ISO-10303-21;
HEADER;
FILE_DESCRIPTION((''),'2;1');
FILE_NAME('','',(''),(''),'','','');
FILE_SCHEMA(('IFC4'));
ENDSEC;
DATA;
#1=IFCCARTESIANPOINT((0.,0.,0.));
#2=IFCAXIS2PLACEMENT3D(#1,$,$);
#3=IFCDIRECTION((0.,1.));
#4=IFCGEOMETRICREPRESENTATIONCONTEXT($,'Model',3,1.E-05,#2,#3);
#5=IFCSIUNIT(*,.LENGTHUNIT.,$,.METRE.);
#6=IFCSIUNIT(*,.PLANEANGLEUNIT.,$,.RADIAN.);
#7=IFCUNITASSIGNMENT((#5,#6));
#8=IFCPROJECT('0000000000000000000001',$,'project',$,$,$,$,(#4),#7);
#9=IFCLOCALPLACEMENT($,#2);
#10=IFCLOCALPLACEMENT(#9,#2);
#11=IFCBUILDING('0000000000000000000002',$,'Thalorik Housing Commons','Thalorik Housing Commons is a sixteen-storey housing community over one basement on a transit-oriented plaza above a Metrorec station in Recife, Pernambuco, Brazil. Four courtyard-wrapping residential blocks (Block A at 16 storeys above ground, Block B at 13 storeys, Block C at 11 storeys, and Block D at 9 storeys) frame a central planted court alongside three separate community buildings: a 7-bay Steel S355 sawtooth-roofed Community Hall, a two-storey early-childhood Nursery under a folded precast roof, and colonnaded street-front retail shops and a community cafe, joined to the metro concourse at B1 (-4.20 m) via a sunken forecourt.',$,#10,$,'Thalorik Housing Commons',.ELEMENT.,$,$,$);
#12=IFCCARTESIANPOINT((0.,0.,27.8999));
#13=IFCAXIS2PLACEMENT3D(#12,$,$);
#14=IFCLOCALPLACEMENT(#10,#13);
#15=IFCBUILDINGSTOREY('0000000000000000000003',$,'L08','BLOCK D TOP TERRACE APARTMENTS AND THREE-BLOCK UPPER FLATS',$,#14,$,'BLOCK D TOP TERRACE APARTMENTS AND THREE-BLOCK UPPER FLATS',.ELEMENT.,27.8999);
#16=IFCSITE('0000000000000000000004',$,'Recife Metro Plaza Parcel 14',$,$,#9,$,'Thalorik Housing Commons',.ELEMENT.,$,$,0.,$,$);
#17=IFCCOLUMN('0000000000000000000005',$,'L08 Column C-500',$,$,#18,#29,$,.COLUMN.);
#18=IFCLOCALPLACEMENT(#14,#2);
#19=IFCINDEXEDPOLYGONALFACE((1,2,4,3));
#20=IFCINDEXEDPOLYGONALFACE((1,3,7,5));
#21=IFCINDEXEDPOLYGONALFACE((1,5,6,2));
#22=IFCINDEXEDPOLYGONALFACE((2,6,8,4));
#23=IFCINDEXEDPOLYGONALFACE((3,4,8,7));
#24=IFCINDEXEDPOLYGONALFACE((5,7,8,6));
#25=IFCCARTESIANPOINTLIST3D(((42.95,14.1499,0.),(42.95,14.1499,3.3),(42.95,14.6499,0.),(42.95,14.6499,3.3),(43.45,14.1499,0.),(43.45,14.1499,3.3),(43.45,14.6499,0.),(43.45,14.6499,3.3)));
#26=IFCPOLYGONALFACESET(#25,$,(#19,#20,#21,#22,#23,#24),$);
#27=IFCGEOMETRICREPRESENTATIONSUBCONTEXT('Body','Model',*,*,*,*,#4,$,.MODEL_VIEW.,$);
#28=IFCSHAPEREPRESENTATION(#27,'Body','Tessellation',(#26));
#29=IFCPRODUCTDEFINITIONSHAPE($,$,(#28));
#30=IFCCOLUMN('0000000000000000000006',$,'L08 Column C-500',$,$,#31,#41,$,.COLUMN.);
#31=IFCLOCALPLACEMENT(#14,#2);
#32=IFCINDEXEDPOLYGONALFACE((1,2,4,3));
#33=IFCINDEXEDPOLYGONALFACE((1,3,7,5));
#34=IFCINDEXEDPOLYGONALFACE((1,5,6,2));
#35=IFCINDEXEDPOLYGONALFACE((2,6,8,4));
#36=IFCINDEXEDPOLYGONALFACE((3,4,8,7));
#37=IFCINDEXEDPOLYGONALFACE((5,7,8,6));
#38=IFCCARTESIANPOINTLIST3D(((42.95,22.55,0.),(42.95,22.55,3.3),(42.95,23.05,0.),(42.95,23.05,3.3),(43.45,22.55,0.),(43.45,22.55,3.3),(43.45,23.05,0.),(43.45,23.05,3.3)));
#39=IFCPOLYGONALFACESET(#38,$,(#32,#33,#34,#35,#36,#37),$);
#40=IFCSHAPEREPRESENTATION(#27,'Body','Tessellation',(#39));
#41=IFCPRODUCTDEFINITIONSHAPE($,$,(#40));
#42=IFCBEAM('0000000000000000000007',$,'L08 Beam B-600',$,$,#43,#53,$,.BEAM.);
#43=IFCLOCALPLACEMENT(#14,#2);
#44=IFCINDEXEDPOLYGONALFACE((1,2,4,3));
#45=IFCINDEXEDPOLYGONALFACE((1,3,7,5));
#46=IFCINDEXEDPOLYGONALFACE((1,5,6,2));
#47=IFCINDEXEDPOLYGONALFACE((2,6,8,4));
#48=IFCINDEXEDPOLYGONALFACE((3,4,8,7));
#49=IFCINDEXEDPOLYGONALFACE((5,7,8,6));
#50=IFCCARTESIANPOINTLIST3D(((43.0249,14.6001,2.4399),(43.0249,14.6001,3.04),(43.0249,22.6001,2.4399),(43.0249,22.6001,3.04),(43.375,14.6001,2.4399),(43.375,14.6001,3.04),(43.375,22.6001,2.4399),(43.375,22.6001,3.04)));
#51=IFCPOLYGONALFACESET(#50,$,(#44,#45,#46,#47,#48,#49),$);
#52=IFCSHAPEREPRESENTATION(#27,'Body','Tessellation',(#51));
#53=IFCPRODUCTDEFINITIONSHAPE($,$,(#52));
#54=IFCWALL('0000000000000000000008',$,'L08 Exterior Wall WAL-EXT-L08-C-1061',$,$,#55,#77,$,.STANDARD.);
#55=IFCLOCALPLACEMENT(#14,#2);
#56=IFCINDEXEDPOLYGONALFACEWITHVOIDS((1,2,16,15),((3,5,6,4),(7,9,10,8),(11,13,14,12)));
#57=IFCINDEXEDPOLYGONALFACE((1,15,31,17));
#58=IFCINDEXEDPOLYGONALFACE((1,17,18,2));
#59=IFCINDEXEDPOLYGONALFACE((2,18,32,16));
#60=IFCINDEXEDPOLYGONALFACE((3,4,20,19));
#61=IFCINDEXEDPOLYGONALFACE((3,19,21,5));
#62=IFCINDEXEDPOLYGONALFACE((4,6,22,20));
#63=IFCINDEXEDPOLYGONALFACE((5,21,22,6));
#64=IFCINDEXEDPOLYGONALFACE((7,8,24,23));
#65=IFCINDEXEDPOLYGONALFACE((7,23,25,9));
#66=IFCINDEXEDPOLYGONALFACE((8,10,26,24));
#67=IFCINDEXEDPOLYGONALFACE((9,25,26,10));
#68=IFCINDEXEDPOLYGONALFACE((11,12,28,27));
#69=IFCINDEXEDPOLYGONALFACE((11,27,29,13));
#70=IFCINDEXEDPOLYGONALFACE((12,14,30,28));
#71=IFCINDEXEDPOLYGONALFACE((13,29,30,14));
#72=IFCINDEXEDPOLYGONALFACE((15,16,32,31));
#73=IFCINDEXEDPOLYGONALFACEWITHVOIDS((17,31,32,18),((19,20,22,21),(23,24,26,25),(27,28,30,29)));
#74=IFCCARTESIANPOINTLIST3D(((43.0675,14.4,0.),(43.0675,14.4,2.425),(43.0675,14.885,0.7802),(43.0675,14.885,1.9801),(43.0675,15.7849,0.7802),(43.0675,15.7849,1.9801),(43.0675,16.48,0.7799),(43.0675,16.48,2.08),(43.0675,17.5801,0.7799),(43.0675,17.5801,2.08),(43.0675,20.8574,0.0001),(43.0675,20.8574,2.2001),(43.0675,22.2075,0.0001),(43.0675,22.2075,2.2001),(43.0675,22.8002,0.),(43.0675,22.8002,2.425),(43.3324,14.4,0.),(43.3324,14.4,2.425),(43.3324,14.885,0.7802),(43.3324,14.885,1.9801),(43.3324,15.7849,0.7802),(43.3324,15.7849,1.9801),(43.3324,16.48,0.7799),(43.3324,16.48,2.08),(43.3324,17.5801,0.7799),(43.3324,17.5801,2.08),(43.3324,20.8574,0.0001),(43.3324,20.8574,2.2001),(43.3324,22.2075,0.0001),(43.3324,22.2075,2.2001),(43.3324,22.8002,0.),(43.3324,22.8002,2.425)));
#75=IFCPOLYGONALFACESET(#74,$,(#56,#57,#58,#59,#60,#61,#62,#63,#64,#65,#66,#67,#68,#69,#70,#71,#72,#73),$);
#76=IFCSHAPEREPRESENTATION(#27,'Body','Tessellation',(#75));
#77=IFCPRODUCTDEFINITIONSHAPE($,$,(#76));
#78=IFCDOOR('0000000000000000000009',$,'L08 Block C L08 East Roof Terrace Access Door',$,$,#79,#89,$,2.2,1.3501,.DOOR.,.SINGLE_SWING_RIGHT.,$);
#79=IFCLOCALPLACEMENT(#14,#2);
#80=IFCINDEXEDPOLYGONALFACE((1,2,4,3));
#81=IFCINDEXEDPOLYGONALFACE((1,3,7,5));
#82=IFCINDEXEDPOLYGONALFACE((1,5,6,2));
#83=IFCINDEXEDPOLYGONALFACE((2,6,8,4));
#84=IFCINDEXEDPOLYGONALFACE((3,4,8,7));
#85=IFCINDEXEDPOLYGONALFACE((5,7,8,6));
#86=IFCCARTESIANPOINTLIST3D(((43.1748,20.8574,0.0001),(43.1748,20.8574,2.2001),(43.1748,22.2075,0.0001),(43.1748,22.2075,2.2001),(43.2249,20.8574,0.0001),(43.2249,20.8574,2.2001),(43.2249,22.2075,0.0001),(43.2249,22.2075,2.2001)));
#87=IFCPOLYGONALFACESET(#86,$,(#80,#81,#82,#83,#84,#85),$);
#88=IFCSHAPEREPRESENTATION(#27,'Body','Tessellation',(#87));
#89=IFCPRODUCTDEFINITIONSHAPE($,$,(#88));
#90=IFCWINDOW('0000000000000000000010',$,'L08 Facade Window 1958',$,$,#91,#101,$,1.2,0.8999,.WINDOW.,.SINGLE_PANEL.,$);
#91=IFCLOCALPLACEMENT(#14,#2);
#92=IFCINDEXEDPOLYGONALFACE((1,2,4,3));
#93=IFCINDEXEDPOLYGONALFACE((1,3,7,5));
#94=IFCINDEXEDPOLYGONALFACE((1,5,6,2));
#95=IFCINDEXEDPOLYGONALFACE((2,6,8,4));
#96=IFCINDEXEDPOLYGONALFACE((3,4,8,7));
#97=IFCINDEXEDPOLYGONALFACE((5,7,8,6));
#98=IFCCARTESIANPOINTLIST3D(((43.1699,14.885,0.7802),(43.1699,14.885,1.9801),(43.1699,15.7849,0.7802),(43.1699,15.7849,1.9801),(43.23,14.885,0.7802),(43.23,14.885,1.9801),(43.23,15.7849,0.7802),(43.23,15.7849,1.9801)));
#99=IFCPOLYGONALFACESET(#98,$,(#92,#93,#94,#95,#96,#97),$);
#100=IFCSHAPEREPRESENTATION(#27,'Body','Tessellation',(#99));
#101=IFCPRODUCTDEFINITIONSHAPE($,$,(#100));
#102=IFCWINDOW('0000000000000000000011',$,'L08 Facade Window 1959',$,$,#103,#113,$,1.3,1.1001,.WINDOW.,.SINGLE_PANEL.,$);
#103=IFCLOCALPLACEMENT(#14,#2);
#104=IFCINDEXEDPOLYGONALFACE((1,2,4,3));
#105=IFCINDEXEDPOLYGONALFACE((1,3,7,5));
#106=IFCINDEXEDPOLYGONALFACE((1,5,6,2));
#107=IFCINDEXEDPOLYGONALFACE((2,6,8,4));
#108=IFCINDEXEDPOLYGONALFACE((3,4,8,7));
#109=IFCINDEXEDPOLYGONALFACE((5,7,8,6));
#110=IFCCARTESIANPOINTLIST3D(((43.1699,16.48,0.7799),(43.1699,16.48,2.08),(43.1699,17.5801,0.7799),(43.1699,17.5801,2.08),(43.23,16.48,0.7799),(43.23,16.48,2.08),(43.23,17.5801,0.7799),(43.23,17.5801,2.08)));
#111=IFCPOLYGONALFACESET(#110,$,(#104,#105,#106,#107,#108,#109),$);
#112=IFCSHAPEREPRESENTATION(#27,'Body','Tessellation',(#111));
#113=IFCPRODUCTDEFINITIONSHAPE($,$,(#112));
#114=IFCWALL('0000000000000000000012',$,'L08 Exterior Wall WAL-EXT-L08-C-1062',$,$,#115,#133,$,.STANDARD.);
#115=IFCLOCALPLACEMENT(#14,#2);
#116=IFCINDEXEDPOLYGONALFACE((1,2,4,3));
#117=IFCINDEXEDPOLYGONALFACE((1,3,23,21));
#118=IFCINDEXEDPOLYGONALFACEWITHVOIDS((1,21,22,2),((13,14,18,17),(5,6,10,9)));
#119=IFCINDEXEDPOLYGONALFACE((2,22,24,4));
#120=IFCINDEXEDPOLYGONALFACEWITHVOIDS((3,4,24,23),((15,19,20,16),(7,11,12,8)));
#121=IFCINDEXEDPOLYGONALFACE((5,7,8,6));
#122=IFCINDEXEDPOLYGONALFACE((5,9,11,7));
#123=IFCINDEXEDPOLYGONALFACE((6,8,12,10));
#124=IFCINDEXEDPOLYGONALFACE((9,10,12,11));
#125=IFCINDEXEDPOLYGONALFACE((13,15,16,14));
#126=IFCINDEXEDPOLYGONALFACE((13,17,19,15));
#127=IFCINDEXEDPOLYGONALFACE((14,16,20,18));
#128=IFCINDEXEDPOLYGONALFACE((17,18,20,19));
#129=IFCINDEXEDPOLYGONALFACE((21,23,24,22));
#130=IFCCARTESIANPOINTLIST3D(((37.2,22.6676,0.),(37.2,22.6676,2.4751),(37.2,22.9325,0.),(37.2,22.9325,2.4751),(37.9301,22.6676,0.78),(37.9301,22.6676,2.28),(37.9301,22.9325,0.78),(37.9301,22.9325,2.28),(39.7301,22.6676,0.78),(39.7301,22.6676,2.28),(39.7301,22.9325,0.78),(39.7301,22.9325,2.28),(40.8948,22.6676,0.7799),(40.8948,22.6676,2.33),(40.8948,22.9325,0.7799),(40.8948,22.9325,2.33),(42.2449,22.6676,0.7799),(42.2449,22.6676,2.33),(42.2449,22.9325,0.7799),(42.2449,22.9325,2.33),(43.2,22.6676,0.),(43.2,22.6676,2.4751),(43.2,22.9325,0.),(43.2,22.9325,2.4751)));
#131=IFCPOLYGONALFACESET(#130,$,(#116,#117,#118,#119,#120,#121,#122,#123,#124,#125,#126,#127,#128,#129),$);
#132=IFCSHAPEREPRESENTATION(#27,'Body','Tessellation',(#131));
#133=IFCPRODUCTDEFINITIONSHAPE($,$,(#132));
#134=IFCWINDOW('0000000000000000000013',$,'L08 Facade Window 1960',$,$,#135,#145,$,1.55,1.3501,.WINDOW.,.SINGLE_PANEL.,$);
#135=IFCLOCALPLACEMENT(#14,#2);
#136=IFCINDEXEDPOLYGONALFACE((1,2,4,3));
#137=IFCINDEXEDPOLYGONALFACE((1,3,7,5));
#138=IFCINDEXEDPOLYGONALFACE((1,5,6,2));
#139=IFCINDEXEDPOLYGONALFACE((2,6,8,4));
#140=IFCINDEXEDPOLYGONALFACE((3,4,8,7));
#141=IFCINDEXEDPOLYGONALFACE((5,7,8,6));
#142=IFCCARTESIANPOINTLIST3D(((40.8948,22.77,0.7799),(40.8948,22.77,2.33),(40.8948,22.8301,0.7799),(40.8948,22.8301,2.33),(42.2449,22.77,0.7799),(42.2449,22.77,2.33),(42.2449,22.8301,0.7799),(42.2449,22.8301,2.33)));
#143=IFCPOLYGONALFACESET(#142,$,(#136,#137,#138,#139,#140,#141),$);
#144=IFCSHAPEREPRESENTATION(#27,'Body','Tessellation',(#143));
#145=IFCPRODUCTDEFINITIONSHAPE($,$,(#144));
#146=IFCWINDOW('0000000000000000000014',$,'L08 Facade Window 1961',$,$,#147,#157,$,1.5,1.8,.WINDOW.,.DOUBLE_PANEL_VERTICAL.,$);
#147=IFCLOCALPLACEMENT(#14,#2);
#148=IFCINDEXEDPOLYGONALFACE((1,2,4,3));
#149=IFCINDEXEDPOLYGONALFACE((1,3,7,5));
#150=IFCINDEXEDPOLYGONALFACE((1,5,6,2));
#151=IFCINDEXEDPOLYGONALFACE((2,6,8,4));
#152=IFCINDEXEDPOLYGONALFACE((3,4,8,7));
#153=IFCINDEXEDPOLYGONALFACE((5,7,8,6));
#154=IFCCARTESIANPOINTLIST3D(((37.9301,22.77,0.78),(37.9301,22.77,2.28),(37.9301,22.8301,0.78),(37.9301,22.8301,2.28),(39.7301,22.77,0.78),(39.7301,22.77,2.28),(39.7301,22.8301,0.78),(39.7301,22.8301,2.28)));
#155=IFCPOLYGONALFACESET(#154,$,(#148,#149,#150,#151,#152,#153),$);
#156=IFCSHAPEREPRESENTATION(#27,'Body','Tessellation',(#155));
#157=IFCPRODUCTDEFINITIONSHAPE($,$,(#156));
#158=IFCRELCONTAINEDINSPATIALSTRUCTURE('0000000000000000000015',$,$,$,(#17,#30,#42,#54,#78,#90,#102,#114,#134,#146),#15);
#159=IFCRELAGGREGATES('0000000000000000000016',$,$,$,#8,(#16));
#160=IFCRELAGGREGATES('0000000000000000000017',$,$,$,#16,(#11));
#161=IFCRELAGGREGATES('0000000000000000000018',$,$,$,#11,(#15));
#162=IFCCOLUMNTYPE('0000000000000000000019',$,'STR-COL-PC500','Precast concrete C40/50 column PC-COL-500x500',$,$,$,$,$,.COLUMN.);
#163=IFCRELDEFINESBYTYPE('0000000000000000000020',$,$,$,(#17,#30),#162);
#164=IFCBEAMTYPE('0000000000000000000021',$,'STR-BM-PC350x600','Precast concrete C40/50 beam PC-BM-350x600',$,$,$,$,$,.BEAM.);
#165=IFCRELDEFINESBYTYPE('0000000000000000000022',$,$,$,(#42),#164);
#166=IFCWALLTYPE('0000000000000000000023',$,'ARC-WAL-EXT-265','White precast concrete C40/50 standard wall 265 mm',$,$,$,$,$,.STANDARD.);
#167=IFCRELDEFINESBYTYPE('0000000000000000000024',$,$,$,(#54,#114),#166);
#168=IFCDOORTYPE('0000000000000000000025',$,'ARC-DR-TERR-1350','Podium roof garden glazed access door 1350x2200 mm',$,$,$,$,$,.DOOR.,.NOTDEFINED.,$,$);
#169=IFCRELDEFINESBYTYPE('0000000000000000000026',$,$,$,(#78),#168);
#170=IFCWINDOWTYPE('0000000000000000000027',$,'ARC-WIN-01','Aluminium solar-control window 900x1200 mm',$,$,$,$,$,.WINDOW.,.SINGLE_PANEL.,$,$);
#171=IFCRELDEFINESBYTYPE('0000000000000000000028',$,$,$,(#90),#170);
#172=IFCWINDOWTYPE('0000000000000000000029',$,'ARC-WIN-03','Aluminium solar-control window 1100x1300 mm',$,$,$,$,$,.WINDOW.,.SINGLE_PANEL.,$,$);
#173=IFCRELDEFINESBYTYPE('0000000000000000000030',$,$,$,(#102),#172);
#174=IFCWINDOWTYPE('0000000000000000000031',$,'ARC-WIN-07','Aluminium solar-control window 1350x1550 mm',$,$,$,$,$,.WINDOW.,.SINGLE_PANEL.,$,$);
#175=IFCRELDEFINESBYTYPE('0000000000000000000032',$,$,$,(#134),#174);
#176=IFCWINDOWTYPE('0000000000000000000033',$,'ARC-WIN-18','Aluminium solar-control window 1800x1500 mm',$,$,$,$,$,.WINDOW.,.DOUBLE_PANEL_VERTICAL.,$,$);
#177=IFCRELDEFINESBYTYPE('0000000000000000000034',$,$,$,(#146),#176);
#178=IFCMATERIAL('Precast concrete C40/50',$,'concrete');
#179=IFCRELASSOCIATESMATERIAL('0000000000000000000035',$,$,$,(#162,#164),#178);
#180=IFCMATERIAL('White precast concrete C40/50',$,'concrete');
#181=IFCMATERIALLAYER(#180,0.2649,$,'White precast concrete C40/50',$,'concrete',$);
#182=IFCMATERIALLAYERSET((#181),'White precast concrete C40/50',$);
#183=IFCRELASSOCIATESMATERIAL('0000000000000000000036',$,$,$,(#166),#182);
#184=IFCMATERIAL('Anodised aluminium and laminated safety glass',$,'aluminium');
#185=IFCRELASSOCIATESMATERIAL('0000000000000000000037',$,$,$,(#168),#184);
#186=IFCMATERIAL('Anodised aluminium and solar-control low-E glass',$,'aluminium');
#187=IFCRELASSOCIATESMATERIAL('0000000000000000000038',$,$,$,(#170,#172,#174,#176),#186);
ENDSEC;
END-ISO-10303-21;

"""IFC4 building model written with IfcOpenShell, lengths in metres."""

from ifc_helpers import new_model, si_unit, direction, frame, frame_2d, origin, origin_2d, place, context, subcontext, project, spatial, rectangle, extrude, material, layer, layer_set, material_profile, profile_set, type_object, element, fill, save


model = new_model("IFC4")

# Units and contexts
model_context = context("Model", 3, precision=1e-05, world=origin(), true_north=direction((0.0, 1.0)))
body_context = subcontext(model_context, "Body", "Model", "MODEL_VIEW")
ifc_project = project(units=[si_unit("LENGTHUNIT", "METRE"), si_unit("PLANEANGLEUNIT", "RADIAN")], contexts=[model_context])

# Site, building, storey
site_placement = place(None, origin())
site = spatial("IfcSite", under=ifc_project, at=site_placement, Name="Recife Metro Plaza Parcel 14", LongName="Thalorik Housing Commons", CompositionType="ELEMENT", RefElevation=0.0)
building_placement = place(site_placement, origin())
building = spatial("IfcBuilding", under=site, at=building_placement, Name="Thalorik Housing Commons", Description="Thalorik Housing Commons is a sixteen-storey housing community over one basement on a transit-oriented plaza above a Metrorec station in Recife, Pernambuco, Brazil. Four courtyard-wrapping residential blocks (Block A at 16 storeys above ground, Block B at 13 storeys, Block C at 11 storeys, and Block D at 9 storeys) frame a central planted court alongside three separate community buildings: a 7-bay Steel S355 sawtooth-roofed Community Hall, a two-storey early-childhood Nursery under a folded precast roof, and colonnaded street-front retail shops and a community cafe, joined to the metro concourse at B1 (-4.20 m) via a sunken forecourt.", LongName="Thalorik Housing Commons", CompositionType="ELEMENT")
storey_placement = place(building_placement, frame((0.0, 0.0, 27.8999)))
storey = spatial("IfcBuildingStorey", under=building, at=storey_placement, Name="L08", Description="BLOCK D TOP TERRACE APARTMENTS AND THREE-BLOCK UPPER FLATS", LongName="BLOCK D TOP TERRACE APARTMENTS AND THREE-BLOCK UPPER FLATS", CompositionType="ELEMENT", Elevation=27.8999)

# Columns
ifc_material_1 = material(Name="Precast concrete C40/50", Category="concrete")
ifc_material_profile_1 = material_profile(ifc_material_1, rectangle(XDim=0.5, YDim=0.5, at=origin_2d()), Name="PC 500x500", Category="concrete")
ifc_profile_set_1 = profile_set([ifc_material_profile_1], Name="Precast concrete C40/50")
column_type = type_object("IfcColumnType", Name="STR-COL-PC500", Description="Precast concrete C40/50 column PC-COL-500x500", PredefinedType="COLUMN", material=ifc_profile_set_1)
for number, where, z_axis, x_axis, name in (
    (1, (43.2, 14.3999, 0.0), (0.0, 0.0, 1.0), (1.0, 0.0, 0.0), "L08 Column C-500"),
    (2, (43.2, 22.8, 0.0), (0.0, 0.0, 1.0), (1.0, 0.0, 0.0), "L08 Column C-500"),
):
    element("IfcColumn", number, at=place(storey_placement, frame(where, z_axis=z_axis, x_axis=x_axis)), inside=storey, type_object=column_type, Name=name, PredefinedType="COLUMN", context=body_context, shape_type="SweptSolid", body=[
        extrude(rectangle(XDim=0.5, YDim=0.5, at=origin_2d()), origin(), (0.0, 0.0, 1.0), 3.3),
    ])

# Beam
ifc_material_profile_2 = material_profile(ifc_material_1, rectangle(XDim=0.3501, YDim=0.6001, at=origin_2d()), Name="PC 350x600", Category="concrete")
ifc_profile_set_2 = profile_set([ifc_material_profile_2], Name="Precast concrete C40/50")
beam_type = type_object("IfcBeamType", Name="STR-BM-PC350x600", Description="Precast concrete C40/50 beam PC-BM-350x600", PredefinedType="BEAM", material=ifc_profile_set_2)
beam_placement = place(storey_placement, frame((43.2, 14.6001, 2.74), z_axis=(0.0, 1.0, 0.0), x_axis=(-1.0, 0.0, 0.0)))
element("IfcBeam", 3, at=beam_placement, inside=storey, type_object=beam_type, Name="L08 Beam B-600", PredefinedType="BEAM", context=body_context, shape_type="SweptSolid", body=[
    extrude(rectangle(XDim=0.3501, YDim=0.6001, at=origin_2d()), origin(), (0.0, 0.0, 1.0), 8.0),
])

# Wall, openings, door, windows
ifc_material_2 = material(Name="White precast concrete C40/50", Category="concrete")
ifc_layer_1 = layer(ifc_material_2, 0.2649, Name="White precast concrete C40/50", Category="concrete")
ifc_layer_set_1 = layer_set([ifc_layer_1], Name="White precast concrete C40/50")
wall_type = type_object("IfcWallType", Name="ARC-WAL-EXT-265", Description="White precast concrete C40/50 standard wall 265 mm", PredefinedType="STANDARD", material=ifc_layer_set_1)
wall_1_placement = place(storey_placement, frame((43.2, 14.3999, 0.0), z_axis=(0.0, 0.0, 1.0), x_axis=(0.0, 1.0, 0.0)))
wall_1 = element("IfcWall", 4, at=wall_1_placement, inside=storey, type_object=wall_type, Name="L08 Exterior Wall WAL-EXT-L08-C-1061", PredefinedType="STANDARD", context=body_context, shape_type="SweptSolid", body=[
    extrude(rectangle(XDim=8.4001, YDim=0.2649, at=frame_2d((4.2002, 0.0))), origin(), (0.0, 0.0, 1.0), 2.425),
])
opening_1_placement = place(wall_1_placement, frame((6.4575, 0.0, 0.0)))
opening_1 = element("IfcOpeningElement", 5, at=opening_1_placement, cuts=wall_1, PredefinedType="OPENING", context=body_context, shape_type="SweptSolid", body=[
    extrude(rectangle(XDim=1.3501, YDim=2.2, at=frame_2d((0.675, 1.1001))), frame((0.0, 0.1426, 0.0), z_axis=(0.0, -1.0, 0.0), x_axis=(1.0, 0.0, 0.0)), (0.0, 0.0, 1.0), 0.2849),
])
opening_2_placement = place(wall_1_placement, frame((0.4851, 0.0, 0.78)))
opening_2 = element("IfcOpeningElement", 6, at=opening_2_placement, cuts=wall_1, PredefinedType="OPENING", context=body_context, shape_type="SweptSolid", body=[
    extrude(rectangle(XDim=0.8999, YDim=1.2, at=frame_2d((0.45, 0.6001))), frame((0.0, 0.1426, 0.0), z_axis=(0.0, -1.0, 0.0), x_axis=(1.0, 0.0, 0.0)), (0.0, 0.0, 1.0), 0.2849),
])
opening_3_placement = place(wall_1_placement, frame((2.0801, 0.0, 0.78)))
opening_3 = element("IfcOpeningElement", 7, at=opening_3_placement, cuts=wall_1, PredefinedType="OPENING", context=body_context, shape_type="SweptSolid", body=[
    extrude(rectangle(XDim=1.1001, YDim=1.3, at=frame_2d((0.55, 0.6499))), frame((0.0, 0.1426, 0.0), z_axis=(0.0, -1.0, 0.0), x_axis=(1.0, 0.0, 0.0)), (0.0, 0.0, 1.0), 0.2849),
])
ifc_material_3 = material(Name="Anodised aluminium and laminated safety glass", Category="aluminium")
door_type = type_object("IfcDoorType", Name="ARC-DR-TERR-1350", Description="Podium roof garden glazed access door 1350x2200 mm", OperationType="NOTDEFINED", PredefinedType="DOOR", material=ifc_material_3)
door_placement = place(opening_1_placement, frame((1.3501, 0.0, 0.0), z_axis=(0.0, 0.0, 1.0), x_axis=(-1.0, 0.0, 0.0)))
door = element("IfcDoor", 8, at=door_placement, inside=storey, type_object=door_type, Name="L08 Block C L08 East Roof Terrace Access Door", OperationType="SINGLE_SWING_RIGHT", OverallHeight=2.2, OverallWidth=1.3501, PredefinedType="DOOR", context=body_context, shape_type="SweptSolid", body=[
    extrude(rectangle(XDim=1.3501, YDim=2.2, at=frame_2d((0.675, 1.1001))), frame((0.0, 0.0249, 0.0), z_axis=(0.0, -1.0, 0.0), x_axis=(1.0, 0.0, 0.0)), (0.0, 0.0, 1.0), 0.05),
])
fill(opening_1, door)
ifc_material_4 = material(Name="Anodised aluminium and solar-control low-E glass", Category="aluminium")
window_type_1 = type_object("IfcWindowType", Name="ARC-WIN-01", Description="Aluminium solar-control window 900x1200 mm", PartitioningType="SINGLE_PANEL", PredefinedType="WINDOW", material=ifc_material_4)
window_1_placement = place(opening_2_placement, origin())
window_1 = element("IfcWindow", 9, at=window_1_placement, inside=storey, type_object=window_type_1, Name="L08 Facade Window 1958", OverallHeight=1.2, OverallWidth=0.8999, PartitioningType="SINGLE_PANEL", PredefinedType="WINDOW", context=body_context, shape_type="SweptSolid", body=[
    extrude(rectangle(XDim=0.8999, YDim=1.2, at=frame_2d((0.45, 0.6001))), frame((0.0, 0.03, 0.0), z_axis=(0.0, -1.0, 0.0), x_axis=(1.0, 0.0, 0.0)), (0.0, 0.0, 1.0), 0.0601),
])
fill(opening_2, window_1)
window_type_2 = type_object("IfcWindowType", Name="ARC-WIN-03", Description="Aluminium solar-control window 1100x1300 mm", PartitioningType="SINGLE_PANEL", PredefinedType="WINDOW", material=ifc_material_4)
window_2_placement = place(opening_3_placement, origin())
window_2 = element("IfcWindow", 10, at=window_2_placement, inside=storey, type_object=window_type_2, Name="L08 Facade Window 1959", OverallHeight=1.3, OverallWidth=1.1001, PartitioningType="SINGLE_PANEL", PredefinedType="WINDOW", context=body_context, shape_type="SweptSolid", body=[
    extrude(rectangle(XDim=1.1001, YDim=1.3, at=frame_2d((0.55, 0.6499))), frame((0.0, 0.03, 0.0), z_axis=(0.0, -1.0, 0.0), x_axis=(1.0, 0.0, 0.0)), (0.0, 0.0, 1.0), 0.0601),
])
fill(opening_3, window_2)

# Wall, openings, windows
wall_2_placement = place(storey_placement, frame((43.2, 22.8, 0.0), z_axis=(0.0, 0.0, 1.0), x_axis=(-1.0, 0.0, 0.0)))
wall_2 = element("IfcWall", 11, at=wall_2_placement, inside=storey, type_object=wall_type, Name="L08 Exterior Wall WAL-EXT-L08-C-1062", PredefinedType="STANDARD", context=body_context, shape_type="SweptSolid", body=[
    extrude(rectangle(XDim=6.0, YDim=0.2649, at=frame_2d((3.0, 0.0))), origin(), (0.0, 0.0, 1.0), 2.4751),
])
opening_4_placement = place(wall_2_placement, frame((0.9551, 0.0, 0.78)))
opening_4 = element("IfcOpeningElement", 12, at=opening_4_placement, cuts=wall_2, PredefinedType="OPENING", context=body_context, shape_type="SweptSolid", body=[
    extrude(rectangle(XDim=1.3501, YDim=1.55, at=frame_2d((0.675, 0.7749))), frame((0.0, 0.1426, 0.0), z_axis=(0.0, -1.0, 0.0), x_axis=(1.0, 0.0, 0.0)), (0.0, 0.0, 1.0), 0.2849),
])
opening_5_placement = place(wall_2_placement, frame((3.47, 0.0, 0.78)))
opening_5 = element("IfcOpeningElement", 13, at=opening_5_placement, cuts=wall_2, PredefinedType="OPENING", context=body_context, shape_type="SweptSolid", body=[
    extrude(rectangle(XDim=1.8, YDim=1.5, at=frame_2d((0.8999, 0.75))), frame((0.0, 0.1426, 0.0), z_axis=(0.0, -1.0, 0.0), x_axis=(1.0, 0.0, 0.0)), (0.0, 0.0, 1.0), 0.2849),
])
window_type_3 = type_object("IfcWindowType", Name="ARC-WIN-07", Description="Aluminium solar-control window 1350x1550 mm", PartitioningType="SINGLE_PANEL", PredefinedType="WINDOW", material=ifc_material_4)
window_3_placement = place(opening_4_placement, origin())
window_3 = element("IfcWindow", 14, at=window_3_placement, inside=storey, type_object=window_type_3, Name="L08 Facade Window 1960", OverallHeight=1.55, OverallWidth=1.3501, PartitioningType="SINGLE_PANEL", PredefinedType="WINDOW", context=body_context, shape_type="SweptSolid", body=[
    extrude(rectangle(XDim=1.3501, YDim=1.55, at=frame_2d((0.675, 0.7749))), frame((0.0, 0.03, 0.0), z_axis=(0.0, -1.0, 0.0), x_axis=(1.0, 0.0, 0.0)), (0.0, 0.0, 1.0), 0.0601),
])
fill(opening_4, window_3)
window_type_4 = type_object("IfcWindowType", Name="ARC-WIN-18", Description="Aluminium solar-control window 1800x1500 mm", PartitioningType="DOUBLE_PANEL_VERTICAL", PredefinedType="WINDOW", material=ifc_material_4)
window_4_placement = place(opening_5_placement, origin())
window_4 = element("IfcWindow", 15, at=window_4_placement, inside=storey, type_object=window_type_4, Name="L08 Facade Window 1961", OverallHeight=1.5, OverallWidth=1.8, PartitioningType="DOUBLE_PANEL_VERTICAL", PredefinedType="WINDOW", context=body_context, shape_type="SweptSolid", body=[
    extrude(rectangle(XDim=1.8, YDim=1.5, at=frame_2d((0.8999, 0.75))), frame((0.0, 0.03, 0.0), z_axis=(0.0, -1.0, 0.0), x_axis=(1.0, 0.0, 0.0)), (0.0, 0.0, 1.0), 0.0601),
])
fill(opening_5, window_4)

save(model, "model.ifc")
